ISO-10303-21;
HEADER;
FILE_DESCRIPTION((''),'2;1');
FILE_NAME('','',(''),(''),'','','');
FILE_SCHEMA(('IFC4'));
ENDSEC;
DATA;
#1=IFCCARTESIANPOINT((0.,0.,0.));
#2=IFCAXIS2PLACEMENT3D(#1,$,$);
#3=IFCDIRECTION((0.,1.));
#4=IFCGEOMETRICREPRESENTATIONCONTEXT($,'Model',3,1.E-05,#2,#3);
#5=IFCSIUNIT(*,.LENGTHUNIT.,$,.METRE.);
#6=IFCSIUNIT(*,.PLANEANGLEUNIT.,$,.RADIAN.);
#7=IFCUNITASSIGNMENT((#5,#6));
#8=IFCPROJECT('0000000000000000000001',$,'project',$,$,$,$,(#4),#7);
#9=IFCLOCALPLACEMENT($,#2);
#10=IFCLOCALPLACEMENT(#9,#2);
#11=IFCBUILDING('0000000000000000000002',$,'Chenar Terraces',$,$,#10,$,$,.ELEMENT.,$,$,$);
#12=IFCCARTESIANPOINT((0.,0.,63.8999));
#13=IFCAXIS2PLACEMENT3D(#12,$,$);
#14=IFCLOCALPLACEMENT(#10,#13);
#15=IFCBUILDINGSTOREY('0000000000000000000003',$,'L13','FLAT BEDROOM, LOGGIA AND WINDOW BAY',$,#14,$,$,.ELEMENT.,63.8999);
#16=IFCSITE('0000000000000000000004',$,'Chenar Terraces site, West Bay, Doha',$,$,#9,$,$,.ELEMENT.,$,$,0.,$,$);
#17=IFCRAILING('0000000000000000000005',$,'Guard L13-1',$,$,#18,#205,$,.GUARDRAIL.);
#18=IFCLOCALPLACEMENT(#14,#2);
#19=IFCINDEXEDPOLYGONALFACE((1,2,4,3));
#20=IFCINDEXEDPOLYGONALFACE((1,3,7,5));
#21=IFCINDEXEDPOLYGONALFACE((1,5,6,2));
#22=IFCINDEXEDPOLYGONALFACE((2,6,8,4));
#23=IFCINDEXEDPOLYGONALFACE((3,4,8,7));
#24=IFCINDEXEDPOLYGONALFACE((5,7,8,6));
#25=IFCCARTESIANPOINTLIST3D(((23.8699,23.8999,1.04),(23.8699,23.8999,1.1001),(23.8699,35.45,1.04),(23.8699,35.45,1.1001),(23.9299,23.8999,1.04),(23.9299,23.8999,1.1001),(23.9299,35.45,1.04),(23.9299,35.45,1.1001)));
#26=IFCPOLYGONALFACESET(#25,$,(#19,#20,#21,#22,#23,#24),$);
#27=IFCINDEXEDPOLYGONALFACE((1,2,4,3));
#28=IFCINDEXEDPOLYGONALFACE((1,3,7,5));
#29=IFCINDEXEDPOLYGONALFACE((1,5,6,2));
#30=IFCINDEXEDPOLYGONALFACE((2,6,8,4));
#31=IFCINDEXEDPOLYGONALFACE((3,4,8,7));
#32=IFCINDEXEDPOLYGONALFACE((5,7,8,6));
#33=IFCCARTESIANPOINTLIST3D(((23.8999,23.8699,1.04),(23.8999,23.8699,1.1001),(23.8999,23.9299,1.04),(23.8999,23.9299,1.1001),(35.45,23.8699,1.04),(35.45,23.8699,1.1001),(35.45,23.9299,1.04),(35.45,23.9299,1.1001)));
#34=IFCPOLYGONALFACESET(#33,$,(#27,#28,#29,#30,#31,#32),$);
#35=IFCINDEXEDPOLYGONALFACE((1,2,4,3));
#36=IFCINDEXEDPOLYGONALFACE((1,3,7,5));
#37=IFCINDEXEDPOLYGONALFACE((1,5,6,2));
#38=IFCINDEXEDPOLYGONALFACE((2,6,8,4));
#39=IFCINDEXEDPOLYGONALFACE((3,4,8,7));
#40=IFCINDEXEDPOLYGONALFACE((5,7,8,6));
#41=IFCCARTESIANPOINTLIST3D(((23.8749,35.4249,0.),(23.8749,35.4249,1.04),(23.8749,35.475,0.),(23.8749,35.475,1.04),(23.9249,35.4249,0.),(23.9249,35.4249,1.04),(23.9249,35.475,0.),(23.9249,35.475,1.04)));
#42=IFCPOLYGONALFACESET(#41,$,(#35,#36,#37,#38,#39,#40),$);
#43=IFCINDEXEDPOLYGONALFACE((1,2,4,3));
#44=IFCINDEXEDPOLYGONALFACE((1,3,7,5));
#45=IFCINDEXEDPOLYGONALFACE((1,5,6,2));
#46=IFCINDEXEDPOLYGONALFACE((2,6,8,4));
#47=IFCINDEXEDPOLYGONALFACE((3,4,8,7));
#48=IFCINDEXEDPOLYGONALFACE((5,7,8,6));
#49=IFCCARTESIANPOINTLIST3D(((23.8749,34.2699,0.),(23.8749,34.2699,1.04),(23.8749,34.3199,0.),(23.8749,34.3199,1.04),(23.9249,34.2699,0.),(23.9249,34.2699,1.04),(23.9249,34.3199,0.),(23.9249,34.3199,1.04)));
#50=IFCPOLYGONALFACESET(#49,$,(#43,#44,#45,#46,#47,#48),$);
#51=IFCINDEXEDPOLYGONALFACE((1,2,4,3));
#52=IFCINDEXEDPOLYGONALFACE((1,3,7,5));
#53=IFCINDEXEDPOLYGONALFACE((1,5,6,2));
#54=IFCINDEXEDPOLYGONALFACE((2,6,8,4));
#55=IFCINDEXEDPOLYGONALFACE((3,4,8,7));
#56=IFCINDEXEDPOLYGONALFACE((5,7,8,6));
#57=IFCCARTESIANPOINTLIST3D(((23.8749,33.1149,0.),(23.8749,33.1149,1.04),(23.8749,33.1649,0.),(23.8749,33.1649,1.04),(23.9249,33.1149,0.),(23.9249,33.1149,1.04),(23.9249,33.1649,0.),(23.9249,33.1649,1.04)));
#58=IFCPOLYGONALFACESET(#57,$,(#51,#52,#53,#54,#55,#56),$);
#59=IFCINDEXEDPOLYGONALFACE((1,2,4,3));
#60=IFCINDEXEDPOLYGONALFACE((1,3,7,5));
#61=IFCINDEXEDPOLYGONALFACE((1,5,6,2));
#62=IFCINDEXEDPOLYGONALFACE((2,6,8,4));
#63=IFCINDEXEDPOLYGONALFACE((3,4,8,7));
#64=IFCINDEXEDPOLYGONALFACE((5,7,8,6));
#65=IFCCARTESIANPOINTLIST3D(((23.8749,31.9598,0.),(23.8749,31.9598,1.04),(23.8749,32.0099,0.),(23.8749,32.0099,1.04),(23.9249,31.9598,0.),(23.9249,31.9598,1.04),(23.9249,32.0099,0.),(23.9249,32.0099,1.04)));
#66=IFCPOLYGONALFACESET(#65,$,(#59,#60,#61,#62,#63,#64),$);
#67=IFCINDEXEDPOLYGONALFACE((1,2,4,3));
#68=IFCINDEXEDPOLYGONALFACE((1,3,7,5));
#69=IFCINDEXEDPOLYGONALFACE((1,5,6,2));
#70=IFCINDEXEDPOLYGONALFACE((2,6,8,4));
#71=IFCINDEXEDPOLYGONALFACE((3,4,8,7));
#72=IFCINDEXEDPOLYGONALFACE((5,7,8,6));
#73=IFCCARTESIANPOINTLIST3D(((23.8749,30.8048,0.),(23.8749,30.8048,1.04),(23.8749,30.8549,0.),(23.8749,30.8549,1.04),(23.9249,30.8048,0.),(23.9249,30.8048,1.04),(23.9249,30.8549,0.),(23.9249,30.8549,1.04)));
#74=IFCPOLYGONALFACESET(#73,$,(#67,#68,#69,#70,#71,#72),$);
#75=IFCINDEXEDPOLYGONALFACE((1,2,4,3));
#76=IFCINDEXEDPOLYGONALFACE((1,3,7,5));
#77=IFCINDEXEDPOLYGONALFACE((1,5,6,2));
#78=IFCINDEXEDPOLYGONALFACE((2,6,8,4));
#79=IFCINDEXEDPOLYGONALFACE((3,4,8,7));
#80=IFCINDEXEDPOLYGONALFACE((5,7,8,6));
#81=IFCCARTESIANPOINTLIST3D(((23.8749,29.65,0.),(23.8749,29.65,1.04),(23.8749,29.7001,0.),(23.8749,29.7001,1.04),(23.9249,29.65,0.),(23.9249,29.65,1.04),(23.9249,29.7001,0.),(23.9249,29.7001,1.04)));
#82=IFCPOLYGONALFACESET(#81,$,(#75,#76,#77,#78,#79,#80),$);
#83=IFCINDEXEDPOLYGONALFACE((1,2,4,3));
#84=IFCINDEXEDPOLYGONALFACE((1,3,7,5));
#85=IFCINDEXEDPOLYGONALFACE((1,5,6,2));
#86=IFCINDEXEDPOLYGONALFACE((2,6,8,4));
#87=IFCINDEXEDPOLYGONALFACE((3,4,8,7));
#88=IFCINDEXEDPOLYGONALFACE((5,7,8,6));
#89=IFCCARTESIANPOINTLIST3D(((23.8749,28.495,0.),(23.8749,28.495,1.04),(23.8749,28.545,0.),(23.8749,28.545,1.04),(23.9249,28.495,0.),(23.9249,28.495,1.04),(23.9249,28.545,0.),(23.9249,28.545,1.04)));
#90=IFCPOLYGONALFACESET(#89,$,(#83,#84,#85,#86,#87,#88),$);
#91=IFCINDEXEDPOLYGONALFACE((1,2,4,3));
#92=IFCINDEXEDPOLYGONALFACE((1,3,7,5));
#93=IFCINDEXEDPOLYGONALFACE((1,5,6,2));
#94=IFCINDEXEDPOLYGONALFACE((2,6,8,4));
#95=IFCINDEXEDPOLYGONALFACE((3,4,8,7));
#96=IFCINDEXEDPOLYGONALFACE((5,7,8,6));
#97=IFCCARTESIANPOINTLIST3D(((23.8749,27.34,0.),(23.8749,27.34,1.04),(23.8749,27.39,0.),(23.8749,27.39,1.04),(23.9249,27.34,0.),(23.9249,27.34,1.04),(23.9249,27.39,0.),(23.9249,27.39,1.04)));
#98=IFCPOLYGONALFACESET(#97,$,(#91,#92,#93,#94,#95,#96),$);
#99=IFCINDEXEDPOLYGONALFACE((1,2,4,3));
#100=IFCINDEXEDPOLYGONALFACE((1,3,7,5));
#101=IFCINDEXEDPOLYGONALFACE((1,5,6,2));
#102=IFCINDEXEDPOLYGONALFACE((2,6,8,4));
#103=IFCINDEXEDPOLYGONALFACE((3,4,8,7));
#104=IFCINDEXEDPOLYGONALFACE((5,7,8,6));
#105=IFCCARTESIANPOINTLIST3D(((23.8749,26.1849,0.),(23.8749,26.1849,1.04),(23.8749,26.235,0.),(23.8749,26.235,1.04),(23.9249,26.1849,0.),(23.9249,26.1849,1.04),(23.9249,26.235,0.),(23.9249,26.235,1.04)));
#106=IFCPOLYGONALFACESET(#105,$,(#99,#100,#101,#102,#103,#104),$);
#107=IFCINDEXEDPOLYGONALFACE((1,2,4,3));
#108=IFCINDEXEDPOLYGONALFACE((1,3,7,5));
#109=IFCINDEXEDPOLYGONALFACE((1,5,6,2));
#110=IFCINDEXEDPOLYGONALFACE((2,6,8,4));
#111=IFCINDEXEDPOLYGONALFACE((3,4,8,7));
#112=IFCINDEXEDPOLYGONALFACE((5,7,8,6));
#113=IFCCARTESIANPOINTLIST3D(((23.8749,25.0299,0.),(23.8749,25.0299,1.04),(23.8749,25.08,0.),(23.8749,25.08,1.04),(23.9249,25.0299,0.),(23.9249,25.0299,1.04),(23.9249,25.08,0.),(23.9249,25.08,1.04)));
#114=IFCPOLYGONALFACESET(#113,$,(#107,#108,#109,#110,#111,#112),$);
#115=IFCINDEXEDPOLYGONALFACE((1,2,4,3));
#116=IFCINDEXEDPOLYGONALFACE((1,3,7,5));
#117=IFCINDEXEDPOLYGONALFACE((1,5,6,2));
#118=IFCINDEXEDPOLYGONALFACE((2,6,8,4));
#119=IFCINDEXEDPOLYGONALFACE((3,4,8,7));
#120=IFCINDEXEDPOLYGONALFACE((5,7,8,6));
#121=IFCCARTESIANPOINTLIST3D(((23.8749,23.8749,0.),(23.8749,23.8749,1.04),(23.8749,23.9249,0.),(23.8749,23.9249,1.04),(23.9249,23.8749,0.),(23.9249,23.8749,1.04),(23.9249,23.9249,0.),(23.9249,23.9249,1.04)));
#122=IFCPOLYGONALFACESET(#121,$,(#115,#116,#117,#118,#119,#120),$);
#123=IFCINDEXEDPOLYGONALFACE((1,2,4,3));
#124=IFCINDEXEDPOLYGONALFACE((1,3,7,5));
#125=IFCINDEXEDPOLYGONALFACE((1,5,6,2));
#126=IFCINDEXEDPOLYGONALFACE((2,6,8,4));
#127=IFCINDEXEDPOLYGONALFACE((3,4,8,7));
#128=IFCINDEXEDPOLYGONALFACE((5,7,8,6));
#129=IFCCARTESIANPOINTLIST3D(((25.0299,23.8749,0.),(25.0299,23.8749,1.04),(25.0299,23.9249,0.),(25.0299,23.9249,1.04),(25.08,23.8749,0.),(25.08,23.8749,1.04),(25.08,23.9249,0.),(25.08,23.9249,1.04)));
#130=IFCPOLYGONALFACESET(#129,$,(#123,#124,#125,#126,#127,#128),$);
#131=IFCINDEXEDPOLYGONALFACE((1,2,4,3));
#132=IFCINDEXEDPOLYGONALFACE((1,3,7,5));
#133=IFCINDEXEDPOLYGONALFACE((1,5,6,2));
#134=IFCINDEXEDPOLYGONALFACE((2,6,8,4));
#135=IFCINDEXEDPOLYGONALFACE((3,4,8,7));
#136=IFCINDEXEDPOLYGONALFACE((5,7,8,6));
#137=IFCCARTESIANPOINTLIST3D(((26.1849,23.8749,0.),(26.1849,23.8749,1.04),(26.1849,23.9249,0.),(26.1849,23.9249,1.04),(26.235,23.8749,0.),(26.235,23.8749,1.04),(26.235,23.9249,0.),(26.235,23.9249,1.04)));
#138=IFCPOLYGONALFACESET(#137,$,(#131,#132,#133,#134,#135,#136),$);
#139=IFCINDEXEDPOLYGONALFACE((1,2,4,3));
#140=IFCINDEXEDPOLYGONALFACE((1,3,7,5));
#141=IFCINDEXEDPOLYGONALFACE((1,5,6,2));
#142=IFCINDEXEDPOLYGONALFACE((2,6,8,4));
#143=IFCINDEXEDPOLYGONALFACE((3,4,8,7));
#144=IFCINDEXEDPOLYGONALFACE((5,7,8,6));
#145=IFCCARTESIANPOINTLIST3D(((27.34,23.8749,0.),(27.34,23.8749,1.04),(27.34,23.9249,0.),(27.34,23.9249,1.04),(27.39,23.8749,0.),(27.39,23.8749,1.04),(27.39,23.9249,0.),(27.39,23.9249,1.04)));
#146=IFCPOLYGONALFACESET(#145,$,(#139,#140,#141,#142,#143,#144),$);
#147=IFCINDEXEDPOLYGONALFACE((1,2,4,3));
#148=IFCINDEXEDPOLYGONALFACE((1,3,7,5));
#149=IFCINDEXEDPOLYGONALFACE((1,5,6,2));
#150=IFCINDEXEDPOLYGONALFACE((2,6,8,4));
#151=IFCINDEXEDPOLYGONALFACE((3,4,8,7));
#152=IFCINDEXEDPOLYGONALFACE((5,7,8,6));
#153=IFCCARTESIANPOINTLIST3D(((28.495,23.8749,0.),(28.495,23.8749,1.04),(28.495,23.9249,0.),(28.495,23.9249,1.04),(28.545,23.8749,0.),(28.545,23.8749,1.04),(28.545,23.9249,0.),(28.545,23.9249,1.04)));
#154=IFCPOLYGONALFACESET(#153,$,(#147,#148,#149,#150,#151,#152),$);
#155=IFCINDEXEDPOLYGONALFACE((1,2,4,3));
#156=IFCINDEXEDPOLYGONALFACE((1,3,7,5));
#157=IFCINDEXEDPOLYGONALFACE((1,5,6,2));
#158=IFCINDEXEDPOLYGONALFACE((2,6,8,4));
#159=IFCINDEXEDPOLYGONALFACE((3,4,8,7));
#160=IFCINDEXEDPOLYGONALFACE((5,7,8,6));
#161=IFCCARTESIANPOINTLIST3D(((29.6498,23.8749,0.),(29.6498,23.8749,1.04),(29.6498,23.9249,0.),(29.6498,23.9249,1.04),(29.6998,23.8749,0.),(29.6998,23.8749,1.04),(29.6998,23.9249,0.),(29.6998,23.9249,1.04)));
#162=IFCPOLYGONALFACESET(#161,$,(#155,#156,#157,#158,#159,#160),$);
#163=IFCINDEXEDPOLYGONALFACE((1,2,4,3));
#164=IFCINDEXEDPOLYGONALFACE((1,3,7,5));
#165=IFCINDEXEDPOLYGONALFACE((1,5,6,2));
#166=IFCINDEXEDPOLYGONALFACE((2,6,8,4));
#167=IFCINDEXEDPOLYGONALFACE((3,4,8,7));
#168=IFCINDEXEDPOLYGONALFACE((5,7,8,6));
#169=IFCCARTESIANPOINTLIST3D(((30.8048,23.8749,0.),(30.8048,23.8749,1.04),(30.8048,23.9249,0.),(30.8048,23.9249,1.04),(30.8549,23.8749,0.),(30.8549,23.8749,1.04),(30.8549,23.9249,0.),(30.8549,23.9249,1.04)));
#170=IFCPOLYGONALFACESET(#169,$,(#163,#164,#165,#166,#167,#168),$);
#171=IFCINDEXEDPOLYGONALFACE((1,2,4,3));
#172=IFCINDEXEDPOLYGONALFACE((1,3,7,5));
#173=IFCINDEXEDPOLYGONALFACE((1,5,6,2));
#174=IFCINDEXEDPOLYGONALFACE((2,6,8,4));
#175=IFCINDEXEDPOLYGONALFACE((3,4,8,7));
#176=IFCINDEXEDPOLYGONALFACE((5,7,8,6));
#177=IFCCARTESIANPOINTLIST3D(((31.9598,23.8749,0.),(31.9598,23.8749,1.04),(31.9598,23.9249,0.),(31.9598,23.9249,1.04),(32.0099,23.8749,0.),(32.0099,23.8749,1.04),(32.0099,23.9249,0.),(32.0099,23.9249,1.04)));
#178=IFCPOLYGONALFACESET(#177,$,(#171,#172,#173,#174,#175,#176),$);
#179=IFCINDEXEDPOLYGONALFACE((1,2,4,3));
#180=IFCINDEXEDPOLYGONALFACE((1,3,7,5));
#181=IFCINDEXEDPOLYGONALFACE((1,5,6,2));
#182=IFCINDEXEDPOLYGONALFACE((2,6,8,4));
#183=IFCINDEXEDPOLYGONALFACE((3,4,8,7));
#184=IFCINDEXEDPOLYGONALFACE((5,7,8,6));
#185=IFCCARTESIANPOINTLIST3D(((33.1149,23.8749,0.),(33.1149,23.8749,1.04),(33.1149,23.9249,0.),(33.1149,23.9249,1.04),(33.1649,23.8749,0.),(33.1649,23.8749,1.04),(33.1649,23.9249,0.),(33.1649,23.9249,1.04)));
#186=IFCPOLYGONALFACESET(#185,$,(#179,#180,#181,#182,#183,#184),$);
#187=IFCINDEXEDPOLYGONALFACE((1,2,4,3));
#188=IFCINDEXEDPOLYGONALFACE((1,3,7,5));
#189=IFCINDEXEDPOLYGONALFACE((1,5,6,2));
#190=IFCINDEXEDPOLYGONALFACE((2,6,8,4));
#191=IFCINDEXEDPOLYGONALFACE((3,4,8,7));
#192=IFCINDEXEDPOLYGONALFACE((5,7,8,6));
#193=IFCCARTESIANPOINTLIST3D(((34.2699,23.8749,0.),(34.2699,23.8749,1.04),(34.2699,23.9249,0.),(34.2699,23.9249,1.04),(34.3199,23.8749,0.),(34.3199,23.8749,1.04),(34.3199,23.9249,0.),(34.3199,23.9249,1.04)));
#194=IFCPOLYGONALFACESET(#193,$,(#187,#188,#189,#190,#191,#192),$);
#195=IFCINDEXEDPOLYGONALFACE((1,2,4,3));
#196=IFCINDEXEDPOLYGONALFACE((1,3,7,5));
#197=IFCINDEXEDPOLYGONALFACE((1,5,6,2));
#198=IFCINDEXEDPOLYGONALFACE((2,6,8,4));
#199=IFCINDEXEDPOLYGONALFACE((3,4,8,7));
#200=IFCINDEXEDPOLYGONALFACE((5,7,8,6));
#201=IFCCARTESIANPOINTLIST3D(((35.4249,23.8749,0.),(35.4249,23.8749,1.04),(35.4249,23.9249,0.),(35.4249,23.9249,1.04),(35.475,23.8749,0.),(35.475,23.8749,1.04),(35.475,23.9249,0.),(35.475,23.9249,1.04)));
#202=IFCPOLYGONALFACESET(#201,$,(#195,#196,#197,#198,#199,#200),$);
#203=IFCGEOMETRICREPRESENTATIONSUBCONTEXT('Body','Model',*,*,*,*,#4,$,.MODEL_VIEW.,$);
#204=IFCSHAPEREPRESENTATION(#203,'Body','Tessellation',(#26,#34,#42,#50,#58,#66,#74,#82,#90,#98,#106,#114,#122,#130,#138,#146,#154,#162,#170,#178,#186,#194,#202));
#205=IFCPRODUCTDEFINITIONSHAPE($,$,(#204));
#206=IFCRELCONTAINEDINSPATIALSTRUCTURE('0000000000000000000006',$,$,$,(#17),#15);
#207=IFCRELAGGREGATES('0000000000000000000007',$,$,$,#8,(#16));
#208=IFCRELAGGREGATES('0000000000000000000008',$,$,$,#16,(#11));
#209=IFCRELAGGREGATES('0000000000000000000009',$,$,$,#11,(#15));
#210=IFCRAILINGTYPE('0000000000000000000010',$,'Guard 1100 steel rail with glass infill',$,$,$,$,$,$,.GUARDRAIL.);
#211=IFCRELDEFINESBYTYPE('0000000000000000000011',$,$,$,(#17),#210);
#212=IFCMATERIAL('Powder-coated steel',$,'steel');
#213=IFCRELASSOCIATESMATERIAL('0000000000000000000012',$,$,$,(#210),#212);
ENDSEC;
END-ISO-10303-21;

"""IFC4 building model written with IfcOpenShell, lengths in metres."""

from ifc_helpers import new_model, si_unit, direction, frame, origin, origin_2d, place, context, subcontext, project, spatial, rectangle, extrude, material, type_object, element, save


model = new_model("IFC4")

# Units and contexts
model_context = context("Model", 3, precision=1e-05, world=origin(), true_north=direction((0.0, 1.0)))
body_context = subcontext(model_context, "Body", "Model", "MODEL_VIEW")
ifc_project = project(units=[si_unit("LENGTHUNIT", "METRE"), si_unit("PLANEANGLEUNIT", "RADIAN")], contexts=[model_context])

# Site, building, storey
site_placement = place(None, origin())
site = spatial("IfcSite", under=ifc_project, at=site_placement, Name="Chenar Terraces site, West Bay, Doha", CompositionType="ELEMENT", RefElevation=0.0)
building_placement = place(site_placement, origin())
building = spatial("IfcBuilding", under=site, at=building_placement, Name="Chenar Terraces", CompositionType="ELEMENT")
storey_placement = place(building_placement, frame((0.0, 0.0, 63.8999)))
storey = spatial("IfcBuildingStorey", under=building, at=storey_placement, Name="L13", Description="FLAT BEDROOM, LOGGIA AND WINDOW BAY", CompositionType="ELEMENT", Elevation=63.8999)

# Railing
ifc_material_1 = material(Name="Powder-coated steel", Category="steel")
railing_type_1 = type_object("IfcRailingType", Name="Guard 1100 steel rail with glass infill", PredefinedType="GUARDRAIL", material=ifc_material_1)
railing_1_placement = place(storey_placement, frame((23.8999, 35.45, 0.0)))
element("IfcRailing", 1, at=railing_1_placement, inside=storey, type_object=railing_type_1, Name="Guard L13-1", PredefinedType="GUARDRAIL", context=body_context, shape_type="SweptSolid", body=[
    extrude(rectangle(XDim=0.0601, YDim=0.0601, at=origin_2d()), frame((0.0, 0.0, 1.0701), z_axis=(0.0, -1.0, 0.0), x_axis=(1.0, 0.0, 0.0)), (0.0, 0.0, 1.0), 11.55),
    extrude(rectangle(XDim=0.0601, YDim=0.0601, at=origin_2d()), frame((0.0, -11.55, 1.0701), z_axis=(1.0, 0.0, 0.0), x_axis=(0.0, 1.0, 0.0)), (0.0, 0.0, 1.0), 11.55),
    extrude(rectangle(XDim=0.05, YDim=0.05, at=origin_2d()), origin(), (0.0, 0.0, 1.0), 1.04),
    extrude(rectangle(XDim=0.05, YDim=0.05, at=origin_2d()), frame((0.0, -1.155, 0.0)), (0.0, 0.0, 1.0), 1.04),
    extrude(rectangle(XDim=0.05, YDim=0.05, at=origin_2d()), frame((0.0, -2.3101, 0.0)), (0.0, 0.0, 1.0), 1.04),
    extrude(rectangle(XDim=0.05, YDim=0.05, at=origin_2d()), frame((0.0, -3.4651, 0.0)), (0.0, 0.0, 1.0), 1.04),
    extrude(rectangle(XDim=0.05, YDim=0.05, at=origin_2d()), frame((0.0, -4.6201, 0.0)), (0.0, 0.0, 1.0), 1.04),
    extrude(rectangle(XDim=0.05, YDim=0.05, at=origin_2d()), frame((0.0, -5.7749, 0.0)), (0.0, 0.0, 1.0), 1.04),
    extrude(rectangle(XDim=0.05, YDim=0.05, at=origin_2d()), frame((0.0, -6.9299, 0.0)), (0.0, 0.0, 1.0), 1.04),
    extrude(rectangle(XDim=0.05, YDim=0.05, at=origin_2d()), frame((0.0, -8.085, 0.0)), (0.0, 0.0, 1.0), 1.04),
    extrude(rectangle(XDim=0.05, YDim=0.05, at=origin_2d()), frame((0.0, -9.24, 0.0)), (0.0, 0.0, 1.0), 1.04),
    extrude(rectangle(XDim=0.05, YDim=0.05, at=origin_2d()), frame((0.0, -10.395, 0.0)), (0.0, 0.0, 1.0), 1.04),
    extrude(rectangle(XDim=0.05, YDim=0.05, at=origin_2d()), frame((0.0, -11.55, 0.0)), (0.0, 0.0, 1.0), 1.04),
    extrude(rectangle(XDim=0.05, YDim=0.05, at=origin_2d()), frame((1.155, -11.55, 0.0)), (0.0, 0.0, 1.0), 1.04),
    extrude(rectangle(XDim=0.05, YDim=0.05, at=origin_2d()), frame((2.3101, -11.55, 0.0)), (0.0, 0.0, 1.0), 1.04),
    extrude(rectangle(XDim=0.05, YDim=0.05, at=origin_2d()), frame((3.4651, -11.55, 0.0)), (0.0, 0.0, 1.0), 1.04),
    extrude(rectangle(XDim=0.05, YDim=0.05, at=origin_2d()), frame((4.6201, -11.55, 0.0)), (0.0, 0.0, 1.0), 1.04),
    extrude(rectangle(XDim=0.05, YDim=0.05, at=origin_2d()), frame((5.7749, -11.55, 0.0)), (0.0, 0.0, 1.0), 1.04),
    extrude(rectangle(XDim=0.05, YDim=0.05, at=origin_2d()), frame((6.9299, -11.55, 0.0)), (0.0, 0.0, 1.0), 1.04),
    extrude(rectangle(XDim=0.05, YDim=0.05, at=origin_2d()), frame((8.085, -11.55, 0.0)), (0.0, 0.0, 1.0), 1.04),
    extrude(rectangle(XDim=0.05, YDim=0.05, at=origin_2d()), frame((9.24, -11.55, 0.0)), (0.0, 0.0, 1.0), 1.04),
    extrude(rectangle(XDim=0.05, YDim=0.05, at=origin_2d()), frame((10.395, -11.55, 0.0)), (0.0, 0.0, 1.0), 1.04),
    extrude(rectangle(XDim=0.05, YDim=0.05, at=origin_2d()), frame((11.55, -11.55, 0.0)), (0.0, 0.0, 1.0), 1.04),
])

save(model, "model.ifc")
